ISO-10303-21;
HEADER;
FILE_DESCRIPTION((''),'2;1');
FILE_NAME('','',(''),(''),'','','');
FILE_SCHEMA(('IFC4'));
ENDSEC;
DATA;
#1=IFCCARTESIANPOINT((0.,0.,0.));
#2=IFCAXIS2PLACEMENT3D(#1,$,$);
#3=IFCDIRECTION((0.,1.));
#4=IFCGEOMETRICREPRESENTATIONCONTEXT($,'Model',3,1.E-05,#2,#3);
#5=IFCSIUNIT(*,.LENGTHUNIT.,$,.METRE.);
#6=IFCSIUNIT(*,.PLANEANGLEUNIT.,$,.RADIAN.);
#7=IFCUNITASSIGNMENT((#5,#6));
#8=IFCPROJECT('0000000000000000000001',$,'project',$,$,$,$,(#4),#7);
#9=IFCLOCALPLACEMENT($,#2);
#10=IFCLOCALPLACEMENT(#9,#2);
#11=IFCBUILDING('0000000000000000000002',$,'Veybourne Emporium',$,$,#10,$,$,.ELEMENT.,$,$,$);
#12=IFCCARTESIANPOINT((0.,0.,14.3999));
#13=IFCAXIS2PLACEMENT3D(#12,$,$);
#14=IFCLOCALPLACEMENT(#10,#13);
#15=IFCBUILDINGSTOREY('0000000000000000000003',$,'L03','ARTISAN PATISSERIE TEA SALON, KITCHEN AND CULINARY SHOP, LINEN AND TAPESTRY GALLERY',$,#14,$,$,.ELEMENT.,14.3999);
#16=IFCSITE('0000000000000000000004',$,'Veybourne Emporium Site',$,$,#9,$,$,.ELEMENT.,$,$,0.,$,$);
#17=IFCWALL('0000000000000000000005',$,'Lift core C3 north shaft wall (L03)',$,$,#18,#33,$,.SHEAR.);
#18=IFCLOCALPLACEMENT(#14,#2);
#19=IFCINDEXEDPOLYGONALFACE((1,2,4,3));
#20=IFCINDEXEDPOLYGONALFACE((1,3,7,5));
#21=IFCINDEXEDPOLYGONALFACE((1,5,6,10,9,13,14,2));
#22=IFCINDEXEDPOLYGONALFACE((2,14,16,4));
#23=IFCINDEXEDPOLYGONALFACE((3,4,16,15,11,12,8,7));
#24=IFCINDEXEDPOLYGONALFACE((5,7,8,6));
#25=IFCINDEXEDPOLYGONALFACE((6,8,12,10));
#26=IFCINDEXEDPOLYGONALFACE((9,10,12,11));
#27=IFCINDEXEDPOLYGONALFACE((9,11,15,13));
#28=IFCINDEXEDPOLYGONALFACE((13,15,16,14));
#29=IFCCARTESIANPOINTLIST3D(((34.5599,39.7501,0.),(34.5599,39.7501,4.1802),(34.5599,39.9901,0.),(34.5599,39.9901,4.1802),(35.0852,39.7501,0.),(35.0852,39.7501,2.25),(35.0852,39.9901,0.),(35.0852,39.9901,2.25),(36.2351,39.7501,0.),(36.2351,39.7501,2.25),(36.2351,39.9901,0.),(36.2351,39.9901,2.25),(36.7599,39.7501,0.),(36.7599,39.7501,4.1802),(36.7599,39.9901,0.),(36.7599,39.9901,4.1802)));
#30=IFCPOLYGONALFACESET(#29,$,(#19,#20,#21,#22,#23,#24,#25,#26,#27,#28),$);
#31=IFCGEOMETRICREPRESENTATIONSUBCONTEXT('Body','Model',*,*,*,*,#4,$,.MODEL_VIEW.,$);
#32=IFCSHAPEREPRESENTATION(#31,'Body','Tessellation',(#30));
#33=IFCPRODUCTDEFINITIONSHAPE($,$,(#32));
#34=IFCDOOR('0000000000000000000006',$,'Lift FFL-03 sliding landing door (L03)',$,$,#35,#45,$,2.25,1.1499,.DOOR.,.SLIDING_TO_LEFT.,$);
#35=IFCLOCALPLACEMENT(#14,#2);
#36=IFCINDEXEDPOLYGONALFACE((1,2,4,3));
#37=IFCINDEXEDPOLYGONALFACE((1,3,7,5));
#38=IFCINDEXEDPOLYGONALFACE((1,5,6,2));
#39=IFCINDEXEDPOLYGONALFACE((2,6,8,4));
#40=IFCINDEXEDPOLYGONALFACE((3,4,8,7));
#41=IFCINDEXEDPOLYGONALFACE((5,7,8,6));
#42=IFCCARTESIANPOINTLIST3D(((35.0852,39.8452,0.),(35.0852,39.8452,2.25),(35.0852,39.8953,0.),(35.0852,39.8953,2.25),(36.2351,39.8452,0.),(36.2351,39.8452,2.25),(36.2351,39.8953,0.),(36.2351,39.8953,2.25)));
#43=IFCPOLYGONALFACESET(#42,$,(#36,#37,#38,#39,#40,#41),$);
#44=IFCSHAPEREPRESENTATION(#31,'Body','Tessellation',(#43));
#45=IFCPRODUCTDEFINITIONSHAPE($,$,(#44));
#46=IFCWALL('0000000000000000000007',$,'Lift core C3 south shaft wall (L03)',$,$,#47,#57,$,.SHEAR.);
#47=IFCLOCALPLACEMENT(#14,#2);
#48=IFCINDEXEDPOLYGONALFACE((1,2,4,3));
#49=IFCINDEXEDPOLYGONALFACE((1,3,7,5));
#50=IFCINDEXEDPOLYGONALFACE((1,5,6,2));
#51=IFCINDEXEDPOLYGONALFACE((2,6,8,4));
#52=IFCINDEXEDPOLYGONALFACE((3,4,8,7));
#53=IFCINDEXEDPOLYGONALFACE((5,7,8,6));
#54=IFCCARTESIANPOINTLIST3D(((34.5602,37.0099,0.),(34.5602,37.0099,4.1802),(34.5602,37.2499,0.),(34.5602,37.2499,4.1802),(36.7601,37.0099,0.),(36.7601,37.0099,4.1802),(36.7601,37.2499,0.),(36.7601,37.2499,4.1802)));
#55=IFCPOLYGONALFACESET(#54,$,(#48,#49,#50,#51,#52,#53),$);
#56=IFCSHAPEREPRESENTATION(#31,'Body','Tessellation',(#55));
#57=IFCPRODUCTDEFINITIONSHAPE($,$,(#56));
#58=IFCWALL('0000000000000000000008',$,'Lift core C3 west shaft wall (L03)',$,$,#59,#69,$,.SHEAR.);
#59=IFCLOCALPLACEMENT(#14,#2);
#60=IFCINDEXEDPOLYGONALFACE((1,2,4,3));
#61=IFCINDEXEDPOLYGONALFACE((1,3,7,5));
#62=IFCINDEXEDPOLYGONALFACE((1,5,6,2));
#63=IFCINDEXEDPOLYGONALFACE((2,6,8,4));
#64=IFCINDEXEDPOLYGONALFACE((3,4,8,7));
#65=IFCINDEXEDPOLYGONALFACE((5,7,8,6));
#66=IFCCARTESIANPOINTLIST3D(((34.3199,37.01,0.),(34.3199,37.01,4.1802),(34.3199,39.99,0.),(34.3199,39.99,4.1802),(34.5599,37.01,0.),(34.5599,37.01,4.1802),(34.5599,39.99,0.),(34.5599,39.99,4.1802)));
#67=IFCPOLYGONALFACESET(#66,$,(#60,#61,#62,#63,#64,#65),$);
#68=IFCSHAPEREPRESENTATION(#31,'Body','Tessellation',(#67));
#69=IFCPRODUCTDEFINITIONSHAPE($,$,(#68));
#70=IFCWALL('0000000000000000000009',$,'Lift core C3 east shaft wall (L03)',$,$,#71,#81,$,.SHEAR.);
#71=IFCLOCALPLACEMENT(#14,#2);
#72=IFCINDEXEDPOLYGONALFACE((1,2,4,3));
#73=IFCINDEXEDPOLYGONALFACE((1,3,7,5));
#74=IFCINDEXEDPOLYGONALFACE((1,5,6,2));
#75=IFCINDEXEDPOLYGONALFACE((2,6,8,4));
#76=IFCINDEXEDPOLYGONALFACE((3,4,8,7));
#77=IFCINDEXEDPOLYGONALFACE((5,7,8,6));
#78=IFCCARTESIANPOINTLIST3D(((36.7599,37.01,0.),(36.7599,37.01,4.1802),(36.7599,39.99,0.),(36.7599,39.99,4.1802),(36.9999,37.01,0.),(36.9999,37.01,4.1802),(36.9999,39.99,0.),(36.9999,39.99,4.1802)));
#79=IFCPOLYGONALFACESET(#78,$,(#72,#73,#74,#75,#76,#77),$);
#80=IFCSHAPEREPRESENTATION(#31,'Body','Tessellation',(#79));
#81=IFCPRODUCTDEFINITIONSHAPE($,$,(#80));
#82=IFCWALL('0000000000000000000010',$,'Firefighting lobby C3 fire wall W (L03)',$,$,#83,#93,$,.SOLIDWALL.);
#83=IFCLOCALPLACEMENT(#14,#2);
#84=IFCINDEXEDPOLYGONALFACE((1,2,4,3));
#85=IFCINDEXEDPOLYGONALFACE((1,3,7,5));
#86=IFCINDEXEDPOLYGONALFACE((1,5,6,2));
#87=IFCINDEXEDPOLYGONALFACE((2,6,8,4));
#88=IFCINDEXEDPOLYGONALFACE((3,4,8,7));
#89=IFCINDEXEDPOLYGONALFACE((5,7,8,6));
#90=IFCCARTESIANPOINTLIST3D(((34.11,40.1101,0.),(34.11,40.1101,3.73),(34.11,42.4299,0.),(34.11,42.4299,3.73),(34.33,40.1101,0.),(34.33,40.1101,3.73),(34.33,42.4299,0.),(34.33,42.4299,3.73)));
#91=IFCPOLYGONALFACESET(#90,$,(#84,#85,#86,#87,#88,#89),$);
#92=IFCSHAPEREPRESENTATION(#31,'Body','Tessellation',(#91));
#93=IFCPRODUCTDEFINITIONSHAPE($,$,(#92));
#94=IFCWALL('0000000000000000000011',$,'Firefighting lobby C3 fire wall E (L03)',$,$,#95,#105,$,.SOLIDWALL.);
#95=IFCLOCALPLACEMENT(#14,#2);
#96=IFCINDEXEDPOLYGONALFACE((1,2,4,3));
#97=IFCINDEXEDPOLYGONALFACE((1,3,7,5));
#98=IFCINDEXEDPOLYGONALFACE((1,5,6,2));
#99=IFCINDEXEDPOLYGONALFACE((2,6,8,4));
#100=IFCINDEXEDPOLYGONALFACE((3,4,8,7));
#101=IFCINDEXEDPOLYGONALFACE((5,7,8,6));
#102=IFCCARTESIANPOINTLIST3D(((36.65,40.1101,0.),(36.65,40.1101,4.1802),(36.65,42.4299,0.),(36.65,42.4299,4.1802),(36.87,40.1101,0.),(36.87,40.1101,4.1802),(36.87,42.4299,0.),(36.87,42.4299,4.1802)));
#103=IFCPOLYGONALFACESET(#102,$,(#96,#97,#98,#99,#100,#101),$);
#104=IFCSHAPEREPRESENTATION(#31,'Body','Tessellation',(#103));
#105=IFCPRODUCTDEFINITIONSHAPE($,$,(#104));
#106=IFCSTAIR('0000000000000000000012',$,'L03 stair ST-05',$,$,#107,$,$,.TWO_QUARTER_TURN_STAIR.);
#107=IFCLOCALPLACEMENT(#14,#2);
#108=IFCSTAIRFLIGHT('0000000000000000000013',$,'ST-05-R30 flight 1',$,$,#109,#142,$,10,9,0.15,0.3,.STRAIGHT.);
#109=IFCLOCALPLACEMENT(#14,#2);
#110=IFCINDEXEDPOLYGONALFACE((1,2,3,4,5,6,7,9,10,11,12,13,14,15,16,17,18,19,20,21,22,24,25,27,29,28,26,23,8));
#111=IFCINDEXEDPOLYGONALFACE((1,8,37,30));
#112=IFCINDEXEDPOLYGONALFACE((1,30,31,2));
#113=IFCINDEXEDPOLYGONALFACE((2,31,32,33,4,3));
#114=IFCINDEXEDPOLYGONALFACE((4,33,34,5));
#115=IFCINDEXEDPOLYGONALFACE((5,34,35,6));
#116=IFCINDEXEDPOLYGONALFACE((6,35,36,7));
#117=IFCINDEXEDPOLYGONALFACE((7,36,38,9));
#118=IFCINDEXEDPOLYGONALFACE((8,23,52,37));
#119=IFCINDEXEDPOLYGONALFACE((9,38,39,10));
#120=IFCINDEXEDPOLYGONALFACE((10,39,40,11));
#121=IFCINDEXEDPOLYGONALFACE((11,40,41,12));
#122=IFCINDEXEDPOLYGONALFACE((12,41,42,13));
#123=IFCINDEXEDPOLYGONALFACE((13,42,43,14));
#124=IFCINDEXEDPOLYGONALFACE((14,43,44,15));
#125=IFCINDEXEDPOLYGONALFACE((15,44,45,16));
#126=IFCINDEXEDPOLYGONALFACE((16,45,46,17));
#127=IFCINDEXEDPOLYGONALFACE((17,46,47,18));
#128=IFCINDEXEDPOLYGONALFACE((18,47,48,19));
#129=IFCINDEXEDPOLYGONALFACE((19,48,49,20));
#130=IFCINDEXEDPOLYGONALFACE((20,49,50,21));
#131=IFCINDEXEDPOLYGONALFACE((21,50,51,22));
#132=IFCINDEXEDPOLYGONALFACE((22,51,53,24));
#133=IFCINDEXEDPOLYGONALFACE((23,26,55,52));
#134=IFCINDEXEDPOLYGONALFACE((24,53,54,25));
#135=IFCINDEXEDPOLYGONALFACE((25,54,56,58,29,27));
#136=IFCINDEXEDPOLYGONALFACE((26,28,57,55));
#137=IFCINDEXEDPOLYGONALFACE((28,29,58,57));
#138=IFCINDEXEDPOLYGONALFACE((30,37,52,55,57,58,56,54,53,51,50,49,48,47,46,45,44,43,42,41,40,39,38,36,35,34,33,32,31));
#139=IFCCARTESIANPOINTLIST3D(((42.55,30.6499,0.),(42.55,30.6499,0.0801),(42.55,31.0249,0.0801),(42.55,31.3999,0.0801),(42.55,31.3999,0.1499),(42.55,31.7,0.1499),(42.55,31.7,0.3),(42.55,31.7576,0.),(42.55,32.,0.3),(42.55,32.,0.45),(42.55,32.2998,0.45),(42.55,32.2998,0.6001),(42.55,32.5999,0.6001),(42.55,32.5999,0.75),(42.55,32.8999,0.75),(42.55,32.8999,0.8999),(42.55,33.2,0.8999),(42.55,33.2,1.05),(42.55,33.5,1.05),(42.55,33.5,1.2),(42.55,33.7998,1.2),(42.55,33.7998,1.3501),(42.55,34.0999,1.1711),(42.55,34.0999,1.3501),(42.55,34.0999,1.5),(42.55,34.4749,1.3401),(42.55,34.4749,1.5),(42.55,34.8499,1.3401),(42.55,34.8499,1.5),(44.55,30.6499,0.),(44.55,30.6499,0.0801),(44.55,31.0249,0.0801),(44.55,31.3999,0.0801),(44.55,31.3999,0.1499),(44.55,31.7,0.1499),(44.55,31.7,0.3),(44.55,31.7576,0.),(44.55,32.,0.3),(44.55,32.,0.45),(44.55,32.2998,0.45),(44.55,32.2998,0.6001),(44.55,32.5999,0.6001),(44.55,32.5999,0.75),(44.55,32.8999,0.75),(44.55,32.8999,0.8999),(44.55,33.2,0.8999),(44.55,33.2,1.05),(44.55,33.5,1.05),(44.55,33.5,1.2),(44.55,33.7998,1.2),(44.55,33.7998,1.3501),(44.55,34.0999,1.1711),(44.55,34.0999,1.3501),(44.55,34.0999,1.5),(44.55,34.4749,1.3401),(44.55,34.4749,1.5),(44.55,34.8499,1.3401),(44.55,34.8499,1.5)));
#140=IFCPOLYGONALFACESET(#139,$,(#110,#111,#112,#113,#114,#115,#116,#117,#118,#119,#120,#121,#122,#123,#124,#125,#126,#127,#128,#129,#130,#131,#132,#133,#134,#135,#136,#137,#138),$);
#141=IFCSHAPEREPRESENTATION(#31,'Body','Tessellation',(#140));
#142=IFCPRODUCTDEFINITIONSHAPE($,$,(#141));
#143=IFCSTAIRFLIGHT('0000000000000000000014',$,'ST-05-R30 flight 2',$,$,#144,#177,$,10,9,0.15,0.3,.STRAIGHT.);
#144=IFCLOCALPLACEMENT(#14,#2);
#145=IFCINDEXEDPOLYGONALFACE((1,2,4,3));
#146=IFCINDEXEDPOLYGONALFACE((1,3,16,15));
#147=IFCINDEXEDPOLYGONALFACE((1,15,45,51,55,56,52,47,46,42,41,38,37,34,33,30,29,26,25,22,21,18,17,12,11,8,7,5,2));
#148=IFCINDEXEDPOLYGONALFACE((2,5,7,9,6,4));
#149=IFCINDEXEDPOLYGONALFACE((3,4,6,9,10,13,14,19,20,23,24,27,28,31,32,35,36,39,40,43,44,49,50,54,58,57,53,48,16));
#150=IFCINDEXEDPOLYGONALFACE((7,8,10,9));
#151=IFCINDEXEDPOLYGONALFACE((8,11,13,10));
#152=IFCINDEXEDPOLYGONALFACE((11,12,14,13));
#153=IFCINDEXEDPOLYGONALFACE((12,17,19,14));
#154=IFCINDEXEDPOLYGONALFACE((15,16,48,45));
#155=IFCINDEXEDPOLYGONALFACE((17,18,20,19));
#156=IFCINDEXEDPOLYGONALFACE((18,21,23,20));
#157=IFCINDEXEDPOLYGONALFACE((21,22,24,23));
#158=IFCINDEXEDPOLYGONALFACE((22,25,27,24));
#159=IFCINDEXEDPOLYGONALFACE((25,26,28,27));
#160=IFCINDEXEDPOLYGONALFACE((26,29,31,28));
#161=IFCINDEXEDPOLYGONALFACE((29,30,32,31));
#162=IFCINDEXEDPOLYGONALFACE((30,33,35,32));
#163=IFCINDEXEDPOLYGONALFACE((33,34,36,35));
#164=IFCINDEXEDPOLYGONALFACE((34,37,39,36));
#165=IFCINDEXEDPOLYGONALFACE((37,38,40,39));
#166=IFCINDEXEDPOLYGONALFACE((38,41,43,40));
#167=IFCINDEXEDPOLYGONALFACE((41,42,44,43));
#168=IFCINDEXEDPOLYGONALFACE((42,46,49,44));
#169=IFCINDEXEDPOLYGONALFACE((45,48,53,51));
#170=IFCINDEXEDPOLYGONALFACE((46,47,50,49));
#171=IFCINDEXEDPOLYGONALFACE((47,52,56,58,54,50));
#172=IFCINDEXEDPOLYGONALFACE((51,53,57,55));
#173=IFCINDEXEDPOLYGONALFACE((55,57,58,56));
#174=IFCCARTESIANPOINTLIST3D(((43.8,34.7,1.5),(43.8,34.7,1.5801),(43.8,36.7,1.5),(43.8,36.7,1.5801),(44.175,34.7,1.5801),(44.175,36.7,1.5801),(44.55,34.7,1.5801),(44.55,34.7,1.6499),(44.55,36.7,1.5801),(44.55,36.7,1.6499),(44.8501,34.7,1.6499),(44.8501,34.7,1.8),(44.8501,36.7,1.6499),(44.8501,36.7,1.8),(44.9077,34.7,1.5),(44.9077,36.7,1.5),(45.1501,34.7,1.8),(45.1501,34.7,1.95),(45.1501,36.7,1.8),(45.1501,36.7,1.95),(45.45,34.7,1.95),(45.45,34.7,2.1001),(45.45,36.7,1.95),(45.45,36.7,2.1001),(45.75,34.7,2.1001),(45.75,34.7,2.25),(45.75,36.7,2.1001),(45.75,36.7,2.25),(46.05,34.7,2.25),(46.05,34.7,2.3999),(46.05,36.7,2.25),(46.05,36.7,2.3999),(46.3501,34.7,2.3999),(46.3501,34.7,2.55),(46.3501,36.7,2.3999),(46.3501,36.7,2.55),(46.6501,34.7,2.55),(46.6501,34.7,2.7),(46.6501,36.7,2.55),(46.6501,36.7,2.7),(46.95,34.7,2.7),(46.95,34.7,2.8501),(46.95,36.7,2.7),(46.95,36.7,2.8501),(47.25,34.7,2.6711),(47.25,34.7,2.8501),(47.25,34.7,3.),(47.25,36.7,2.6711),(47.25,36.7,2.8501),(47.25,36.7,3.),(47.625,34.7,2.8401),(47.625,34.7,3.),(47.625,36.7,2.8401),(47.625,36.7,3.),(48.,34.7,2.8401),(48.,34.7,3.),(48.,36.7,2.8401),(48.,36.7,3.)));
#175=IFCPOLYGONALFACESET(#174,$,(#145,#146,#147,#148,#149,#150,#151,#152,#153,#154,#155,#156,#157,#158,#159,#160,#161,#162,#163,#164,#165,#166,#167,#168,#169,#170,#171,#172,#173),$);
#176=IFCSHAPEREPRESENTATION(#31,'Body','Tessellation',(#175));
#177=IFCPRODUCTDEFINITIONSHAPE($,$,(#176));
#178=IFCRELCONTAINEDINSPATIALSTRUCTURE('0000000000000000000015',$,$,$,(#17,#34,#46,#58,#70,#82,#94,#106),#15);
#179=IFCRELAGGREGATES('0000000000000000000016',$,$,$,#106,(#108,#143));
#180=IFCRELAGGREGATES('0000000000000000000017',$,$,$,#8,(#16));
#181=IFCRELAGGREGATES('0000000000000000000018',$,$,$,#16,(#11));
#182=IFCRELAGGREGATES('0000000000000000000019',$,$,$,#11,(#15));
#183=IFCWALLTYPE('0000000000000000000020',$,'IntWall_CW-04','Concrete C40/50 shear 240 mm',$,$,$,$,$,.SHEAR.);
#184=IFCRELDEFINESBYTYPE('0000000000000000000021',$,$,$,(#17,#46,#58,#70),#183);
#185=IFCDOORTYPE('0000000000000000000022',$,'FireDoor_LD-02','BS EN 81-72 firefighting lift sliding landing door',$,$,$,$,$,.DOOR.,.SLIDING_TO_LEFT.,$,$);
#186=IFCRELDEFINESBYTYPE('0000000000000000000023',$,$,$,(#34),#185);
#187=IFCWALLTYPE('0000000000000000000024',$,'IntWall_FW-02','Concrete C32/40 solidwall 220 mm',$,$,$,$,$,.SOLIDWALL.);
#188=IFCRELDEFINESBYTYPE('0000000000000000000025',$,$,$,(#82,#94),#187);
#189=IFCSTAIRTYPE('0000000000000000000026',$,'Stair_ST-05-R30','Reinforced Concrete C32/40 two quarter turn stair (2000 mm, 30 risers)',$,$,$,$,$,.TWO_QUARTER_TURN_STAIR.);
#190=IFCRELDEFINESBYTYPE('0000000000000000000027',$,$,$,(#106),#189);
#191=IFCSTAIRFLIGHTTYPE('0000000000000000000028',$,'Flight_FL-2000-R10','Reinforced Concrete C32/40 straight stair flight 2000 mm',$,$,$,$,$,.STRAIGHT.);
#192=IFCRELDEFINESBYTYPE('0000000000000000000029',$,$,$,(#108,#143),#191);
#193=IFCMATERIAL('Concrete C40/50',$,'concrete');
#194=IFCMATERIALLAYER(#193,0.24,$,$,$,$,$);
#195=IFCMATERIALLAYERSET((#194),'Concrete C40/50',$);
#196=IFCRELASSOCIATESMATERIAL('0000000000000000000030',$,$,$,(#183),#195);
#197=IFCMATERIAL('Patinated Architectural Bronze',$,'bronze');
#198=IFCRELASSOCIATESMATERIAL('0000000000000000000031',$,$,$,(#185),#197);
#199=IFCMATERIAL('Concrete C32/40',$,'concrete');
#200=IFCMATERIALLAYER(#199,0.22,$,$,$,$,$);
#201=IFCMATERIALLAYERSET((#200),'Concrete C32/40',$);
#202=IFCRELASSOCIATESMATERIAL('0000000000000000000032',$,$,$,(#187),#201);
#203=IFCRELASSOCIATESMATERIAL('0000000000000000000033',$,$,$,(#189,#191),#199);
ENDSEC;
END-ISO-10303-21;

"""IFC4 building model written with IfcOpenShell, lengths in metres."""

from ifc_helpers import new_model, si_unit, direction, frame, frame_2d, origin, place, context, subcontext, project, spatial, polyline, rectangle, outline, extrude, material, layer, layer_set, type_object, element, fill, aggregate, save


model = new_model("IFC4")

# Units and contexts
model_context = context("Model", 3, precision=1e-05, world=origin(), true_north=direction((0.0, 1.0)))
body_context = subcontext(model_context, "Body", "Model", "MODEL_VIEW")
ifc_project = project(units=[si_unit("LENGTHUNIT", "METRE"), si_unit("PLANEANGLEUNIT", "RADIAN")], contexts=[model_context])

# Site, building, storey
site_placement = place(None, origin())
site = spatial("IfcSite", under=ifc_project, at=site_placement, Name="Veybourne Emporium Site", CompositionType="ELEMENT", RefElevation=0.0)
building_placement = place(site_placement, origin())
building = spatial("IfcBuilding", under=site, at=building_placement, Name="Veybourne Emporium", CompositionType="ELEMENT")
storey_placement = place(building_placement, frame((0.0, 0.0, 14.3999)))
storey = spatial("IfcBuildingStorey", under=building, at=storey_placement, Name="L03", Description="ARTISAN PATISSERIE TEA SALON, KITCHEN AND CULINARY SHOP, LINEN AND TAPESTRY GALLERY", CompositionType="ELEMENT", Elevation=14.3999)

# Shared definitions
ifc_material_1 = material(Name="Concrete C40/50", Category="concrete")

# Shared definitions
ifc_material_2 = material(Name="Concrete C32/40", Category="concrete")

# Wall, opening, door
ifc_layer_1 = layer(ifc_material_1, 0.24)
ifc_layer_set_1 = layer_set([ifc_layer_1], Name="Concrete C40/50")
wall_type_1 = type_object("IfcWallType", Name="IntWall_CW-04", Description="Concrete C40/50 shear 240 mm", PredefinedType="SHEAR", material=ifc_layer_set_1)
wall_1_placement = place(storey_placement, frame((36.76, 39.8701, 0.0), z_axis=(0.0, 0.0, 1.0), x_axis=(-1.0, 0.0, 0.0)))
wall_1 = element("IfcWall", 1, at=wall_1_placement, inside=storey, type_object=wall_type_1, Name="Lift core C3 north shaft wall (L03)", PredefinedType="SHEAR", context=body_context, shape_type="SweptSolid", body=[
    extrude(rectangle(XDim=2.2, YDim=0.24, at=frame_2d((1.1001, 0.0))), origin(), (0.0, 0.0, 1.0), 4.1802),
])
opening_1_placement = place(wall_1_placement, frame((0.5249, 0.0, 0.0)))
opening_1 = element("IfcOpeningElement", 2, at=opening_1_placement, cuts=wall_1, PredefinedType="OPENING", context=body_context, shape_type="SweptSolid", body=[
    extrude(rectangle(XDim=1.1499, YDim=2.25, at=frame_2d((0.575, 1.125))), frame((0.0, 0.1401, 0.0), z_axis=(0.0, -1.0, 0.0), x_axis=(1.0, 0.0, 0.0)), (0.0, 0.0, 1.0), 0.28),
])
ifc_material_3 = material(Name="Patinated Architectural Bronze", Category="bronze")
door_type_1 = type_object("IfcDoorType", Name="FireDoor_LD-02", Description="BS EN 81-72 firefighting lift sliding landing door", OperationType="SLIDING_TO_LEFT", PredefinedType="DOOR", material=ifc_material_3)
door_1_placement = place(opening_1_placement, origin())
door_1 = element("IfcDoor", 3, at=door_1_placement, inside=storey, type_object=door_type_1, Name="Lift FFL-03 sliding landing door (L03)", OperationType="SLIDING_TO_LEFT", OverallHeight=2.25, OverallWidth=1.1499, PredefinedType="DOOR", context=body_context, shape_type="SweptSolid", body=[
    extrude(rectangle(XDim=1.1499, YDim=2.25, at=frame_2d((0.575, 1.125))), frame((0.0, 0.0249, 0.0), z_axis=(0.0, -1.0, 0.0), x_axis=(1.0, 0.0, 0.0)), (0.0, 0.0, 1.0), 0.05),
])
fill(opening_1, door_1)

# Walls
wall_2_placement = place(storey_placement, frame((34.5601, 37.1299, 0.0), z_axis=(0.0, 0.0, 1.0), x_axis=(1.0, 0.0, 0.0)))
element("IfcWall", 4, at=wall_2_placement, inside=storey, type_object=wall_type_1, Name="Lift core C3 south shaft wall (L03)", PredefinedType="SHEAR", context=body_context, shape_type="SweptSolid", body=[
    extrude(rectangle(XDim=2.2, YDim=0.24, at=frame_2d((1.1001, 0.0))), origin(), (0.0, 0.0, 1.0), 4.1802),
])
for number, where, z_axis, x_axis, name in (
    (5, (34.4399, 39.99, 0.0), (0.0, 0.0, 1.0), (0.0, -1.0, 0.0), "Lift core C3 west shaft wall (L03)"),
    (6, (36.8799, 37.01, 0.0), (0.0, 0.0, 1.0), (0.0, 1.0, 0.0), "Lift core C3 east shaft wall (L03)"),
):
    element("IfcWall", number, at=place(storey_placement, frame(where, z_axis=z_axis, x_axis=x_axis)), inside=storey, type_object=wall_type_1, Name=name, PredefinedType="SHEAR", context=body_context, shape_type="SweptSolid", body=[
        extrude(rectangle(XDim=2.98, YDim=0.24, at=frame_2d((1.49, 0.0))), origin(), (0.0, 0.0, 1.0), 4.1802),
    ])

# Shared definitions
ifc_layer_2 = layer(ifc_material_2, 0.22)
ifc_layer_set_2 = layer_set([ifc_layer_2], Name="Concrete C32/40")
wall_type_2 = type_object("IfcWallType", Name="IntWall_FW-02", Description="Concrete C32/40 solidwall 220 mm", PredefinedType="SOLIDWALL", material=ifc_layer_set_2)

# Walls
wall_3_placement = place(storey_placement, frame((34.22, 40.1101, 0.0), z_axis=(0.0, 0.0, 1.0), x_axis=(0.0, 1.0, 0.0)))
element("IfcWall", 7, at=wall_3_placement, inside=storey, type_object=wall_type_2, Name="Firefighting lobby C3 fire wall W (L03)", PredefinedType="SOLIDWALL", context=body_context, shape_type="SweptSolid", body=[
    extrude(rectangle(XDim=2.3198, YDim=0.22, at=frame_2d((1.1599, 0.0))), origin(), (0.0, 0.0, 1.0), 3.73),
])
wall_4_placement = place(storey_placement, frame((36.76, 40.1101, 0.0), z_axis=(0.0, 0.0, 1.0), x_axis=(0.0, 1.0, 0.0)))
element("IfcWall", 8, at=wall_4_placement, inside=storey, type_object=wall_type_2, Name="Firefighting lobby C3 fire wall E (L03)", PredefinedType="SOLIDWALL", context=body_context, shape_type="SweptSolid", body=[
    extrude(rectangle(XDim=2.3198, YDim=0.22, at=frame_2d((1.1599, 0.0))), origin(), (0.0, 0.0, 1.0), 4.1802),
])

# Stair, stair flights
stair_type = type_object("IfcStairType", Name="Stair_ST-05-R30", Description="Reinforced Concrete C32/40 two quarter turn stair (2000 mm, 30 risers)", PredefinedType="TWO_QUARTER_TURN_STAIR", material=ifc_material_2)
stair_placement = place(storey_placement, origin())
stair = element("IfcStair", 9, at=stair_placement, inside=storey, type_object=stair_type, Name="L03 stair ST-05", PredefinedType="TWO_QUARTER_TURN_STAIR")
stair_flight_type = type_object("IfcStairFlightType", Name="Flight_FL-2000-R10", Description="Reinforced Concrete C32/40 straight stair flight 2000 mm", PredefinedType="STRAIGHT", material=ifc_material_2)
stair_flight_1_placement = place(storey_placement, frame((43.55, 31.3999, 0.0), z_axis=(0.0, 0.0, 1.0), x_axis=(0.0, 1.0, 0.0)))
stair_flight_1 = element("IfcStairFlight", 10, at=stair_flight_1_placement, type_object=stair_flight_type, Name="ST-05-R30 flight 1", NumberOfRisers=10, NumberOfTreads=9, PredefinedType="STRAIGHT", RiserHeight=0.15, TreadLength=0.3, context=body_context, shape_type="SweptSolid", body=[
    extrude(outline(polyline([(-0.75, 0.0), (-0.75, 0.0801), (-0.375, 0.0801), (0.0, 0.0801), (0.0, 0.1499), (0.3, 0.1499), (0.3, 0.3), (0.6001, 0.3), (0.6001, 0.45), (0.8999, 0.45), (0.8999, 0.6001), (1.2, 0.6001), (1.2, 0.75), (1.5, 0.75), (1.5, 0.8999), (1.8, 0.8999), (1.8, 1.05), (2.1001, 1.05), (2.1001, 1.2), (2.3999, 1.2), (2.3999, 1.3501), (2.7, 1.3501), (2.7, 1.5), (3.075, 1.5), (3.45, 1.5), (3.45, 1.3401), (3.075, 1.3401), (2.7, 1.1711), (0.3577, 0.0), (-0.75, 0.0)])), frame((0.0, 1.0, 0.0), z_axis=(0.0, -1.0, 0.0), x_axis=(1.0, 0.0, 0.0)), (0.0, 0.0, 1.0), 2.0),
])
stair_flight_2_placement = place(storey_placement, frame((44.55, 35.7, 1.5), z_axis=(0.0, 0.0, 1.0), x_axis=(1.0, 0.0, 0.0)))
stair_flight_2 = element("IfcStairFlight", 11, at=stair_flight_2_placement, type_object=stair_flight_type, Name="ST-05-R30 flight 2", NumberOfRisers=10, NumberOfTreads=9, PredefinedType="STRAIGHT", RiserHeight=0.15, TreadLength=0.3, context=body_context, shape_type="SweptSolid", body=[
    extrude(outline(polyline([(-0.75, 0.0), (-0.75, 0.0801), (-0.375, 0.0801), (0.0, 0.0801), (0.0, 0.1499), (0.3, 0.1499), (0.3, 0.3), (0.6001, 0.3), (0.6001, 0.45), (0.8999, 0.45), (0.8999, 0.6001), (1.2, 0.6001), (1.2, 0.75), (1.5, 0.75), (1.5, 0.8999), (1.8, 0.8999), (1.8, 1.05), (2.1001, 1.05), (2.1001, 1.2), (2.3999, 1.2), (2.3999, 1.3501), (2.7, 1.3501), (2.7, 1.5), (3.075, 1.5), (3.45, 1.5), (3.45, 1.3401), (3.075, 1.3401), (2.7, 1.1711), (0.3577, 0.0), (-0.75, 0.0)])), frame((0.0, 1.0, 0.0), z_axis=(0.0, -1.0, 0.0), x_axis=(1.0, 0.0, 0.0)), (0.0, 0.0, 1.0), 2.0),
])
aggregate(stair, [stair_flight_1, stair_flight_2])

save(model, "model.ifc")
